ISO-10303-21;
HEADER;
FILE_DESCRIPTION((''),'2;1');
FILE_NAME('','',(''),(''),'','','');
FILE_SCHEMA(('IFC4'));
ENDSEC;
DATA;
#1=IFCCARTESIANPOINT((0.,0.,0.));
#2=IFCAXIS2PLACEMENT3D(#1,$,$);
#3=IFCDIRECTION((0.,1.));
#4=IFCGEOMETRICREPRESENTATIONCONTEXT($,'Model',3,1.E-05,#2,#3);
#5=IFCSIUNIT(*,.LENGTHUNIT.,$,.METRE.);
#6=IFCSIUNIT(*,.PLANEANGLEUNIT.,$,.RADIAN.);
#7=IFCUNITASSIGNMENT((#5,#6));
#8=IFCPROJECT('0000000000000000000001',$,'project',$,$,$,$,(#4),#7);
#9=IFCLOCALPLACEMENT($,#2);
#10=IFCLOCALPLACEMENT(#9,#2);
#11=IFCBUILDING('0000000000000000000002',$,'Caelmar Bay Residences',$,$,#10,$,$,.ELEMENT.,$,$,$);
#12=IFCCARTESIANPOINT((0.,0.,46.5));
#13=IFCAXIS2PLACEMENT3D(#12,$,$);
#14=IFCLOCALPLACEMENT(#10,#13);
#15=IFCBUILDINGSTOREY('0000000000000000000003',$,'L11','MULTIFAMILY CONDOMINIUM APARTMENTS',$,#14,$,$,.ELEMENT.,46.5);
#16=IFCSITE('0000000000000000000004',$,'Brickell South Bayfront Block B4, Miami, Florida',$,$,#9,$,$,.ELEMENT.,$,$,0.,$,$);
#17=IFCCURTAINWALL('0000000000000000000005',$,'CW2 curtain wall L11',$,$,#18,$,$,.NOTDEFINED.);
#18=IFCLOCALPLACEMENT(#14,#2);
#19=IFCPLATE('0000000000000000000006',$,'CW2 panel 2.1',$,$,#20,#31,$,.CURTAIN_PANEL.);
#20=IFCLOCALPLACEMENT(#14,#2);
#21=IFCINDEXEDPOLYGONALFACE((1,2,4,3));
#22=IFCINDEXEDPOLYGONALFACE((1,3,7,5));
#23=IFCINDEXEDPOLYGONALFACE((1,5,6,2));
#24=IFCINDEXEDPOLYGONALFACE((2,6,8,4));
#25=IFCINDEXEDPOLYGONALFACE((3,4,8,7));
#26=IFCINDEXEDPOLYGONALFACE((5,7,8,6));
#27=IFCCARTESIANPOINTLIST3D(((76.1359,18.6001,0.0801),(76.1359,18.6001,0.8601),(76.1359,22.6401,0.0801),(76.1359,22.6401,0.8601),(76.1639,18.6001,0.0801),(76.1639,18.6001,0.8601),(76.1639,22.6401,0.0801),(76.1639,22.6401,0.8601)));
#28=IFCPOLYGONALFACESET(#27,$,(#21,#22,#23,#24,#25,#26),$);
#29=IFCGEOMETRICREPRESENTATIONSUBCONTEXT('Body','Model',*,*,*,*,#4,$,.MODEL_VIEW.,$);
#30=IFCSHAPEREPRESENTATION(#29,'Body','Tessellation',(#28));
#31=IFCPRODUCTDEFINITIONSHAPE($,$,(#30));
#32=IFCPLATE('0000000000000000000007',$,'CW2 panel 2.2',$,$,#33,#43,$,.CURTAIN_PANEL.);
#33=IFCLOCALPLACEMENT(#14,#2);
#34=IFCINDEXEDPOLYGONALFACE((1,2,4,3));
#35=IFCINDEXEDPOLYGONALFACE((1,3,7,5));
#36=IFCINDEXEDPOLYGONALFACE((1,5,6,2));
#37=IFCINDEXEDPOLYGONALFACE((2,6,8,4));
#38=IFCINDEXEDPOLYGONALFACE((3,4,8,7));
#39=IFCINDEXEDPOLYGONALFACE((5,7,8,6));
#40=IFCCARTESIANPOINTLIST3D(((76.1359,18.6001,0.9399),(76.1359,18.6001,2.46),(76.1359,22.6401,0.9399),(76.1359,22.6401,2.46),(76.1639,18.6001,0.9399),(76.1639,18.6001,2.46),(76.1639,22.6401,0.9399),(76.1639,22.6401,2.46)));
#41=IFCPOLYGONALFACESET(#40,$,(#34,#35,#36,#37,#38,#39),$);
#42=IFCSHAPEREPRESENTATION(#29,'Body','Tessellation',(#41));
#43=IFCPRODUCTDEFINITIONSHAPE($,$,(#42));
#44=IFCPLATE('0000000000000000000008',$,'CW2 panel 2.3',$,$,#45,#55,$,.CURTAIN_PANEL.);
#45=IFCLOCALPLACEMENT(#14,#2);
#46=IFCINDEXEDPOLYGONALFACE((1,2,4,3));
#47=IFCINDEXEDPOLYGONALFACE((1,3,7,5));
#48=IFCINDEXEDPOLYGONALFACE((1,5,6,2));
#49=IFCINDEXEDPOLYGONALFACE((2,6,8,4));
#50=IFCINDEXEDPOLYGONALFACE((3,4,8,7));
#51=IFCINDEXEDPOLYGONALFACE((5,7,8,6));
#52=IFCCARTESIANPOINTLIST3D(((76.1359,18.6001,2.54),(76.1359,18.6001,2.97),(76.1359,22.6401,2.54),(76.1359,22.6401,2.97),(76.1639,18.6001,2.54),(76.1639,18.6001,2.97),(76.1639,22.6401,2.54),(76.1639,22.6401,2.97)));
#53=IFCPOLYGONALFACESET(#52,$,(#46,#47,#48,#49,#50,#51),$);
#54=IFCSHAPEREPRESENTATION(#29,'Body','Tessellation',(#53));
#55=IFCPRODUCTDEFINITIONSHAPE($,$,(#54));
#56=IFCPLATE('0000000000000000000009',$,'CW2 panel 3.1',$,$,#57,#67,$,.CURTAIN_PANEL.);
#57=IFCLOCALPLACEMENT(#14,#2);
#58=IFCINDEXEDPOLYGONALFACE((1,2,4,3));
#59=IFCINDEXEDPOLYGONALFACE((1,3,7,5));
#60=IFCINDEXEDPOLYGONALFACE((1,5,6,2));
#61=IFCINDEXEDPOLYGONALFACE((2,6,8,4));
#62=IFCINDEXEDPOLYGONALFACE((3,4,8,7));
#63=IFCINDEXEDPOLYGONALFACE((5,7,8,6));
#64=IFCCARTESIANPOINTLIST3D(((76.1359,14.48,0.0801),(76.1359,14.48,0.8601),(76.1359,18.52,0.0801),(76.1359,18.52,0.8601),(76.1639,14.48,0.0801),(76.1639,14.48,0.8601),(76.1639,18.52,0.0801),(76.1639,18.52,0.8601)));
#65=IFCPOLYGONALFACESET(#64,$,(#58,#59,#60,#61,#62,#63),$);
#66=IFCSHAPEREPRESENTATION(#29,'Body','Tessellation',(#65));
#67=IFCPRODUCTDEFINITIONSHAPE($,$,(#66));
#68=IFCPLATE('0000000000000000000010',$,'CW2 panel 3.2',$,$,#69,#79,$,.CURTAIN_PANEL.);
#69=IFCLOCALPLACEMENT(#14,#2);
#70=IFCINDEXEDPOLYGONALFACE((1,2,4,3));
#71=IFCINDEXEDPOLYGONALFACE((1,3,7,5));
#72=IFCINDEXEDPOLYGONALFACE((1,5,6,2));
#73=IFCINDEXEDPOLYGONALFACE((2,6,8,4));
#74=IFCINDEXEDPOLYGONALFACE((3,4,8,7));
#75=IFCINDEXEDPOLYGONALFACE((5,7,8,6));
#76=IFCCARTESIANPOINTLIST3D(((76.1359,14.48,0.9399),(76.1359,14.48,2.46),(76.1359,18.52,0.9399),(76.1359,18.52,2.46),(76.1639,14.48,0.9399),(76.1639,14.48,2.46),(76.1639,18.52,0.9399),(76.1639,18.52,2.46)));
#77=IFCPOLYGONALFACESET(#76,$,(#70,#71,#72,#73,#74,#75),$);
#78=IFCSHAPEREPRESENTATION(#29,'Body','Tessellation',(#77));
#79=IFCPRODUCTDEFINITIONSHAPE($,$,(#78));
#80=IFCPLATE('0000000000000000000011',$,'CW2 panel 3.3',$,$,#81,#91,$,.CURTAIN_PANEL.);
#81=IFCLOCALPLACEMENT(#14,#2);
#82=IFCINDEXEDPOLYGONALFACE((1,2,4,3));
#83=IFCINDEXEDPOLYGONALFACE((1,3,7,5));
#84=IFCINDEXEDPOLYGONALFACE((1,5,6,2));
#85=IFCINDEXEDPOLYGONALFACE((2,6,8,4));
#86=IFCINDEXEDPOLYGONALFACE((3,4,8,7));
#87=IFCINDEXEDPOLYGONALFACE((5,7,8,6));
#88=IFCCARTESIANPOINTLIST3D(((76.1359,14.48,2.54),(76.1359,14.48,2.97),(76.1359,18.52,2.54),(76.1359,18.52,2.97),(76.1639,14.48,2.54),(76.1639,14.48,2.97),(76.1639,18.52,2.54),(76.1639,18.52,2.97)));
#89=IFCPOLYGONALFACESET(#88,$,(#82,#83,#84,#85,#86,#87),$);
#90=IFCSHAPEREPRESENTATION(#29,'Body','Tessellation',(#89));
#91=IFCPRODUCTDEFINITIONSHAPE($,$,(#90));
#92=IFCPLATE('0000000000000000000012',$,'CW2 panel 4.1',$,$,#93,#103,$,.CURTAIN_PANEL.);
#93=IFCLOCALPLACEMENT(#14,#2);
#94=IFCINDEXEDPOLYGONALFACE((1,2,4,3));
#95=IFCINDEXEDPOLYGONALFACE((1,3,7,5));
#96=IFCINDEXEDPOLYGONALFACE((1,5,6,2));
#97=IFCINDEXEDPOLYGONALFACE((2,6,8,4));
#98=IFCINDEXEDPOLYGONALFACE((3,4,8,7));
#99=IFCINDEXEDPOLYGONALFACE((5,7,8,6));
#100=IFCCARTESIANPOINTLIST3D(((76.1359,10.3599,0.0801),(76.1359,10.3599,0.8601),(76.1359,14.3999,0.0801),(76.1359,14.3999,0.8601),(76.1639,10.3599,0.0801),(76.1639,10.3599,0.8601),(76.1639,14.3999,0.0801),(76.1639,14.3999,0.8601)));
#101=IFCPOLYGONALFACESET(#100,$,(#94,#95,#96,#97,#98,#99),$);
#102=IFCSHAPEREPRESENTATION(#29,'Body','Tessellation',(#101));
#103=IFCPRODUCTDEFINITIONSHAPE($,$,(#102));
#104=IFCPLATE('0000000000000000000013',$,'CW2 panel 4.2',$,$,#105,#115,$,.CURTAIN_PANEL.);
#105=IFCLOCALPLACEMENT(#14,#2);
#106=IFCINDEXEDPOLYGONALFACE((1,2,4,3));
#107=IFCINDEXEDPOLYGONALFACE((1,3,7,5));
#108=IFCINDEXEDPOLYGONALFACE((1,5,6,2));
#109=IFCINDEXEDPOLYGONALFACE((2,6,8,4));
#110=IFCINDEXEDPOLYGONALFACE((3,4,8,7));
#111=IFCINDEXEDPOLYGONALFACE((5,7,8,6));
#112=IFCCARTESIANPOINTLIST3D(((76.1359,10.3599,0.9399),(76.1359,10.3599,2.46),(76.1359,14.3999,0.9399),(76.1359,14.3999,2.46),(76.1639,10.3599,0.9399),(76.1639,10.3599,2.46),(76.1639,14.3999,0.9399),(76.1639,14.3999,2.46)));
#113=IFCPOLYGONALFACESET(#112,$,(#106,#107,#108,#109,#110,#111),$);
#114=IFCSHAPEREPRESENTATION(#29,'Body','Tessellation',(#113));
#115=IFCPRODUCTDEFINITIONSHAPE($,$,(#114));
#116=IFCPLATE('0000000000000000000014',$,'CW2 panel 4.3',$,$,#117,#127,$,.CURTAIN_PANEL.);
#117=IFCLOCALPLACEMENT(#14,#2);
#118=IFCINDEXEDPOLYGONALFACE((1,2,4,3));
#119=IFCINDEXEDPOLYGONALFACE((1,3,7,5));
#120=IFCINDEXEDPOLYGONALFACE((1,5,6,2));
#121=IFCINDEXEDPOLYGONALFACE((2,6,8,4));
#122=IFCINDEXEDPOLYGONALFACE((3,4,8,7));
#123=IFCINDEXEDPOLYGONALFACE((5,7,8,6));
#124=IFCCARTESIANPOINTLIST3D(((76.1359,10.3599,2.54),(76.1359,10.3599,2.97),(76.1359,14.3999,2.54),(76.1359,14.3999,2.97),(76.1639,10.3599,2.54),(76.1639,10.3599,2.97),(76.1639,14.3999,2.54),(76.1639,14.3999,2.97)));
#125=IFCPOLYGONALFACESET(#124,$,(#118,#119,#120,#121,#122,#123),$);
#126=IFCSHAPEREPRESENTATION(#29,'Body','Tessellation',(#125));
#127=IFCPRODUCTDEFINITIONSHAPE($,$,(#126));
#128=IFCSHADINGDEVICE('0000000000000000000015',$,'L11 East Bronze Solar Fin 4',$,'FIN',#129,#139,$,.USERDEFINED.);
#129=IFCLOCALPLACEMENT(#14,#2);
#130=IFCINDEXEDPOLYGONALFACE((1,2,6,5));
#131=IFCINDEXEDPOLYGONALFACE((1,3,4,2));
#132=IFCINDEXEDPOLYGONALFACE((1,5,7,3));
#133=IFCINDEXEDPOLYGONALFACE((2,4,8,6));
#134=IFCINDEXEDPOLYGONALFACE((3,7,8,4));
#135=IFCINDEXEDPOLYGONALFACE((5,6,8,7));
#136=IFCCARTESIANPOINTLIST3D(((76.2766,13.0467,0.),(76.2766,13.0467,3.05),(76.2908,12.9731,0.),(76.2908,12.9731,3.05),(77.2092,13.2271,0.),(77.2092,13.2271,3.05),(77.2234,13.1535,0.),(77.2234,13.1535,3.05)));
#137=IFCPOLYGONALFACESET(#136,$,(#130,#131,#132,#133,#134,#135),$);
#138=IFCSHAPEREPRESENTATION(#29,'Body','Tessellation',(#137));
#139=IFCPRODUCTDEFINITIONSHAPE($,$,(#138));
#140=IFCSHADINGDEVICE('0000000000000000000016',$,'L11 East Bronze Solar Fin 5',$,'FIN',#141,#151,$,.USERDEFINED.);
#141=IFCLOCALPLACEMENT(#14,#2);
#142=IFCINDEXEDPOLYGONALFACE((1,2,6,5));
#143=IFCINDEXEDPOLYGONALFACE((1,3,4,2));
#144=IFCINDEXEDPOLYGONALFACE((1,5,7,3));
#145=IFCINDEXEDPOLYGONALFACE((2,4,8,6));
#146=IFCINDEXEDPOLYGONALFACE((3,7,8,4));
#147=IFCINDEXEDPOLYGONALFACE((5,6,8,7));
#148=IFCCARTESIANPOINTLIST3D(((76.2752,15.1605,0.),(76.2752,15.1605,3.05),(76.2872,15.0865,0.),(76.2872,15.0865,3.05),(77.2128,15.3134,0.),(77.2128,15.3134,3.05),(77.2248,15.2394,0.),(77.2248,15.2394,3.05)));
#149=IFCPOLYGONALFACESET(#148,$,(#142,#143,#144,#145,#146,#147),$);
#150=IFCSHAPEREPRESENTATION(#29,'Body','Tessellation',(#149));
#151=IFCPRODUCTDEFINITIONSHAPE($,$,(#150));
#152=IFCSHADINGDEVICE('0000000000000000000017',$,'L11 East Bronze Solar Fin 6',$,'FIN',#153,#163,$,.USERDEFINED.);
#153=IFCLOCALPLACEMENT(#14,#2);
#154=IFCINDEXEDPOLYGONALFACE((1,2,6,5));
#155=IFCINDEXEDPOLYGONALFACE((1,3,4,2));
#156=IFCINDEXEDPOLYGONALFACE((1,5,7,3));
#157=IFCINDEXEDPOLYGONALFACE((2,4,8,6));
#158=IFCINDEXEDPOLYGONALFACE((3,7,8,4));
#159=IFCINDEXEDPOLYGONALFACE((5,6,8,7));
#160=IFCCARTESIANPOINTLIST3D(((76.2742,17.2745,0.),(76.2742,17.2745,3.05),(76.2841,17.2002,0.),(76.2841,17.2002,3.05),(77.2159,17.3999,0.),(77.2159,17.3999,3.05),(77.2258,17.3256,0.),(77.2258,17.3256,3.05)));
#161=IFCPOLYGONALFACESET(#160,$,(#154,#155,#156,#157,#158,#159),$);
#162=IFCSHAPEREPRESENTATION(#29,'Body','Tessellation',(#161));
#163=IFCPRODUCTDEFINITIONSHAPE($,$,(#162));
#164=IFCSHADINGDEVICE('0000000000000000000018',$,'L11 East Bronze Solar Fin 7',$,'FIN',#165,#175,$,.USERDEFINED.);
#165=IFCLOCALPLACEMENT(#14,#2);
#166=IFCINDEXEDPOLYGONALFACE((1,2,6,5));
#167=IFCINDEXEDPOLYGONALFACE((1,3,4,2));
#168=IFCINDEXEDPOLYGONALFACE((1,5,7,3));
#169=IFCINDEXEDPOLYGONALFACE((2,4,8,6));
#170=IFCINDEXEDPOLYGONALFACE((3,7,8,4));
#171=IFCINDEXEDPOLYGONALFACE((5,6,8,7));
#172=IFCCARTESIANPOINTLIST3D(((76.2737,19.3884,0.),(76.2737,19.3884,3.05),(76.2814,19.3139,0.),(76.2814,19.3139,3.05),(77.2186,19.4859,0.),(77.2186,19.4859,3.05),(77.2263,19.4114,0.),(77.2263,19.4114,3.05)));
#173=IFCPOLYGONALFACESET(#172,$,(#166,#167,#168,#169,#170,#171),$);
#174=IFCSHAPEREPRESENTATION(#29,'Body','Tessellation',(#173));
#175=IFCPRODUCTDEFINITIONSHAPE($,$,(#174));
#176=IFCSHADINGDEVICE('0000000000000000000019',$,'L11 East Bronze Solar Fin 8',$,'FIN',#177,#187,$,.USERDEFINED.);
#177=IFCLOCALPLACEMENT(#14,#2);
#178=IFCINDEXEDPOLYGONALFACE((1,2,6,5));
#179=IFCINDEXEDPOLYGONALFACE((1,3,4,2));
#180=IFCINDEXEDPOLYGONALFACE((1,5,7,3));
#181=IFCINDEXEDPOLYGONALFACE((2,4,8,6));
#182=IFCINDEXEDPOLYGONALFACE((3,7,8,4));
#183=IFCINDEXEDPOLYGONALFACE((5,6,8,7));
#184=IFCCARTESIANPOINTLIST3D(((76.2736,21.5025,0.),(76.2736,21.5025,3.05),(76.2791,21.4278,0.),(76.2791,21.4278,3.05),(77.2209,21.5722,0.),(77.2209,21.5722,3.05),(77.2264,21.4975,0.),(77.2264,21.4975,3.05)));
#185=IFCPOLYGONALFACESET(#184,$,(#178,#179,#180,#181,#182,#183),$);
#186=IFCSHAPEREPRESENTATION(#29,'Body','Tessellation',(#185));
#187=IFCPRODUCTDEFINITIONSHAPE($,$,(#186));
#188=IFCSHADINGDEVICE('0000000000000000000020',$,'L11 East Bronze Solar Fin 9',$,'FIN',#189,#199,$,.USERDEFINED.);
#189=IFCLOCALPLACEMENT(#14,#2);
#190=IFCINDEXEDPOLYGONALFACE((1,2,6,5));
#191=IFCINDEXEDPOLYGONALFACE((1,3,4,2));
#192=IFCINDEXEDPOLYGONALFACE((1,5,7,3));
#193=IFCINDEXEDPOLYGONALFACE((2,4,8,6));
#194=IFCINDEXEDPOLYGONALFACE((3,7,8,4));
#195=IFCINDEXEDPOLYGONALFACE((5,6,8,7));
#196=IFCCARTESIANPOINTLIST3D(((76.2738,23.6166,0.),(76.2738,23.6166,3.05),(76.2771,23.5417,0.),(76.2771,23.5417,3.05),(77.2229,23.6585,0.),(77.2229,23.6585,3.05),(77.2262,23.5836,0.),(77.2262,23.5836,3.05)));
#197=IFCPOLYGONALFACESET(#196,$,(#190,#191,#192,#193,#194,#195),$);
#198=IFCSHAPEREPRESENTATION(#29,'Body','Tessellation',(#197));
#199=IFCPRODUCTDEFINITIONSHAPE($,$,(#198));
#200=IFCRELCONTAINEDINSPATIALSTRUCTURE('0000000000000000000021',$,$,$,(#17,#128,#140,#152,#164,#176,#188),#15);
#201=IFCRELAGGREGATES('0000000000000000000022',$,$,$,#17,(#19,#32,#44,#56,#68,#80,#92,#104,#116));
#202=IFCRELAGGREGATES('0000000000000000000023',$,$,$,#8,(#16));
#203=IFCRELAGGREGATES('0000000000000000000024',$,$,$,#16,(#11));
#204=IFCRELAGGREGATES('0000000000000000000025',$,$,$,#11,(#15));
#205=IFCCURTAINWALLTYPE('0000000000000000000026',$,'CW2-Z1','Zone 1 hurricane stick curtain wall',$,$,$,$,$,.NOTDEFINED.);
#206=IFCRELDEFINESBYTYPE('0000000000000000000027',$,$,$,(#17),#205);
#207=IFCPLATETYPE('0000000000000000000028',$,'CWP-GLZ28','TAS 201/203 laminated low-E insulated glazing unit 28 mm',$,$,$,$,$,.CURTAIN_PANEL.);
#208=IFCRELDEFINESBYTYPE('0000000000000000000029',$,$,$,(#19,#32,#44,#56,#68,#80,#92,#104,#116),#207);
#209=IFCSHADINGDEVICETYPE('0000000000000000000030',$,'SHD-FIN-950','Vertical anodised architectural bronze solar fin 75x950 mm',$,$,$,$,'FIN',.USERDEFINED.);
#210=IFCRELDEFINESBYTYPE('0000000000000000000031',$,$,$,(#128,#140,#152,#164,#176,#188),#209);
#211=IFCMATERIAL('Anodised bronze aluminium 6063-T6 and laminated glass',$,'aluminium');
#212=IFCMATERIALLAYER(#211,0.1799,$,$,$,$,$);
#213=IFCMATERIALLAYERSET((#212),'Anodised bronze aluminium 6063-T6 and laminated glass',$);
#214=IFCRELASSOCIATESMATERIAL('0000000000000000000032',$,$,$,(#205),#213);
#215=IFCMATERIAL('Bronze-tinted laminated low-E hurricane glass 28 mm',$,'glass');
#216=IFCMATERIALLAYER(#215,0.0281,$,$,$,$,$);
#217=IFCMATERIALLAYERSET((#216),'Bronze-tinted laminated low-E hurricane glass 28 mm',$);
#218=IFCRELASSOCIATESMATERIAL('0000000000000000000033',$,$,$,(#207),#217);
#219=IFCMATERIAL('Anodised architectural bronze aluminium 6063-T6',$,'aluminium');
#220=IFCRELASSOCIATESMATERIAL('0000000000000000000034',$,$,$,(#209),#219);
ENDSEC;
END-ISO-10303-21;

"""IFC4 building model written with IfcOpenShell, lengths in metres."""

from ifc_helpers import new_model, si_unit, direction, frame, origin, origin_2d, place, context, subcontext, project, spatial, rectangle, extrude, material, layer, layer_set, material_profile, profile_set, type_object, element, aggregate, save


model = new_model("IFC4")

# Units and contexts
model_context = context("Model", 3, precision=1e-05, world=origin(), true_north=direction((0.0, 1.0)))
body_context = subcontext(model_context, "Body", "Model", "MODEL_VIEW")
ifc_project = project(units=[si_unit("LENGTHUNIT", "METRE"), si_unit("PLANEANGLEUNIT", "RADIAN")], contexts=[model_context])

# Site, building, storey
site_placement = place(None, origin())
site = spatial("IfcSite", under=ifc_project, at=site_placement, Name="Brickell South Bayfront Block B4, Miami, Florida", CompositionType="ELEMENT", RefElevation=0.0)
building_placement = place(site_placement, origin())
building = spatial("IfcBuilding", under=site, at=building_placement, Name="Caelmar Bay Residences", CompositionType="ELEMENT")
storey_placement = place(building_placement, frame((0.0, 0.0, 46.5)))
storey = spatial("IfcBuildingStorey", under=building, at=storey_placement, Name="L11", Description="MULTIFAMILY CONDOMINIUM APARTMENTS", CompositionType="ELEMENT", Elevation=46.5)

# Curtain wall, plates
ifc_material_1 = material(Name="Anodised bronze aluminium 6063-T6 and laminated glass", Category="aluminium")
ifc_layer_1 = layer(ifc_material_1, 0.1799)
ifc_layer_set_1 = layer_set([ifc_layer_1], Name="Anodised bronze aluminium 6063-T6 and laminated glass")
curtain_wall_type = type_object("IfcCurtainWallType", Name="CW2-Z1", Description="Zone 1 hurricane stick curtain wall", PredefinedType="NOTDEFINED", material=ifc_layer_set_1)
curtain_wall_placement = place(storey_placement, origin())
curtain_wall = element("IfcCurtainWall", 1, at=curtain_wall_placement, inside=storey, type_object=curtain_wall_type, Name="CW2 curtain wall L11", PredefinedType="NOTDEFINED")
ifc_material_2 = material(Name="Bronze-tinted laminated low-E hurricane glass 28 mm", Category="glass")
ifc_layer_2 = layer(ifc_material_2, 0.0281)
ifc_layer_set_2 = layer_set([ifc_layer_2], Name="Bronze-tinted laminated low-E hurricane glass 28 mm")
plate_type = type_object("IfcPlateType", Name="CWP-GLZ28", Description="TAS 201/203 laminated low-E insulated glazing unit 28 mm", PredefinedType="CURTAIN_PANEL", material=ifc_layer_set_2)
plate_1_placement = place(storey_placement, frame((76.1499, 20.6201, 0.0801), z_axis=(0.0, 0.0, 1.0), x_axis=(0.0, -1.0, 0.0)))
plate_1 = element("IfcPlate", 2, at=plate_1_placement, type_object=plate_type, Name="CW2 panel 2.1", PredefinedType="CURTAIN_PANEL", context=body_context, shape_type="SweptSolid", body=[
    extrude(rectangle(XDim=4.04, YDim=0.0281, at=origin_2d()), origin(), (0.0, 0.0, 1.0), 0.78),
])
plate_2_placement = place(storey_placement, frame((76.1499, 20.6201, 0.9399), z_axis=(0.0, 0.0, 1.0), x_axis=(0.0, -1.0, 0.0)))
plate_2 = element("IfcPlate", 3, at=plate_2_placement, type_object=plate_type, Name="CW2 panel 2.2", PredefinedType="CURTAIN_PANEL", context=body_context, shape_type="SweptSolid", body=[
    extrude(rectangle(XDim=4.04, YDim=0.0281, at=origin_2d()), origin(), (0.0, 0.0, 1.0), 1.52),
])
plate_3_placement = place(storey_placement, frame((76.1499, 20.6201, 2.54), z_axis=(0.0, 0.0, 1.0), x_axis=(0.0, -1.0, 0.0)))
plate_3 = element("IfcPlate", 4, at=plate_3_placement, type_object=plate_type, Name="CW2 panel 2.3", PredefinedType="CURTAIN_PANEL", context=body_context, shape_type="SweptSolid", body=[
    extrude(rectangle(XDim=4.04, YDim=0.0281, at=origin_2d()), origin(), (0.0, 0.0, 1.0), 0.4299),
])
plate_4_placement = place(storey_placement, frame((76.1499, 16.5, 0.0801), z_axis=(0.0, 0.0, 1.0), x_axis=(0.0, -1.0, 0.0)))
plate_4 = element("IfcPlate", 5, at=plate_4_placement, type_object=plate_type, Name="CW2 panel 3.1", PredefinedType="CURTAIN_PANEL", context=body_context, shape_type="SweptSolid", body=[
    extrude(rectangle(XDim=4.04, YDim=0.0281, at=origin_2d()), origin(), (0.0, 0.0, 1.0), 0.78),
])
plate_5_placement = place(storey_placement, frame((76.1499, 16.5, 0.9399), z_axis=(0.0, 0.0, 1.0), x_axis=(0.0, -1.0, 0.0)))
plate_5 = element("IfcPlate", 6, at=plate_5_placement, type_object=plate_type, Name="CW2 panel 3.2", PredefinedType="CURTAIN_PANEL", context=body_context, shape_type="SweptSolid", body=[
    extrude(rectangle(XDim=4.04, YDim=0.0281, at=origin_2d()), origin(), (0.0, 0.0, 1.0), 1.52),
])
plate_6_placement = place(storey_placement, frame((76.1499, 16.5, 2.54), z_axis=(0.0, 0.0, 1.0), x_axis=(0.0, -1.0, 0.0)))
plate_6 = element("IfcPlate", 7, at=plate_6_placement, type_object=plate_type, Name="CW2 panel 3.3", PredefinedType="CURTAIN_PANEL", context=body_context, shape_type="SweptSolid", body=[
    extrude(rectangle(XDim=4.04, YDim=0.0281, at=origin_2d()), origin(), (0.0, 0.0, 1.0), 0.4299),
])
plate_7_placement = place(storey_placement, frame((76.1499, 12.3799, 0.0801), z_axis=(0.0, 0.0, 1.0), x_axis=(0.0, -1.0, 0.0)))
plate_7 = element("IfcPlate", 8, at=plate_7_placement, type_object=plate_type, Name="CW2 panel 4.1", PredefinedType="CURTAIN_PANEL", context=body_context, shape_type="SweptSolid", body=[
    extrude(rectangle(XDim=4.04, YDim=0.0281, at=origin_2d()), origin(), (0.0, 0.0, 1.0), 0.78),
])
plate_8_placement = place(storey_placement, frame((76.1499, 12.3799, 0.9399), z_axis=(0.0, 0.0, 1.0), x_axis=(0.0, -1.0, 0.0)))
plate_8 = element("IfcPlate", 9, at=plate_8_placement, type_object=plate_type, Name="CW2 panel 4.2", PredefinedType="CURTAIN_PANEL", context=body_context, shape_type="SweptSolid", body=[
    extrude(rectangle(XDim=4.04, YDim=0.0281, at=origin_2d()), origin(), (0.0, 0.0, 1.0), 1.52),
])
plate_9_placement = place(storey_placement, frame((76.1499, 12.3799, 2.54), z_axis=(0.0, 0.0, 1.0), x_axis=(0.0, -1.0, 0.0)))
plate_9 = element("IfcPlate", 10, at=plate_9_placement, type_object=plate_type, Name="CW2 panel 4.3", PredefinedType="CURTAIN_PANEL", context=body_context, shape_type="SweptSolid", body=[
    extrude(rectangle(XDim=4.04, YDim=0.0281, at=origin_2d()), origin(), (0.0, 0.0, 1.0), 0.4299),
])
aggregate(curtain_wall, [plate_1, plate_2, plate_3, plate_4, plate_5, plate_6, plate_7, plate_8, plate_9])

# Shading devices
ifc_material_3 = material(Name="Anodised architectural bronze aluminium 6063-T6", Category="aluminium")
ifc_material_profile_1 = material_profile(ifc_material_3, rectangle(XDim=0.075, YDim=0.95, at=origin_2d()), Name="BRONZE-FIN-75X950")
ifc_profile_set_1 = profile_set([ifc_material_profile_1], Name="Anodised architectural bronze aluminium 6063-T6")
shading_device_type = type_object("IfcShadingDeviceType", Name="SHD-FIN-950", Description="Vertical anodised architectural bronze solar fin 75x950 mm", ElementType="FIN", PredefinedType="USERDEFINED", material=ifc_profile_set_1)
for number, where, z_axis, x_axis, name in (
    (11, (76.75, 13.1001, 0.0), (0.0, 0.0, 1.0), (-0.189952, 0.981793, 0.0), "L11 East Bronze Solar Fin 4"),
    (12, (76.75, 15.2, 0.0), (0.0, 0.0, 1.0), (-0.160915, 0.986968, 0.0), "L11 East Bronze Solar Fin 5"),
    (13, (76.75, 17.3, 0.0), (0.0, 0.0, 1.0), (-0.13191, 0.991262, 0.0), "L11 East Bronze Solar Fin 6"),
    (14, (76.75, 19.3999, 0.0), (0.0, 0.0, 1.0), (-0.102619, 0.994721, 0.0), "L11 East Bronze Solar Fin 7"),
    (15, (76.75, 21.5, 0.0), (0.0, 0.0, 1.0), (-0.073412, 0.997302, 0.0), "L11 East Bronze Solar Fin 8"),
    (16, (76.75, 23.6001, 0.0), (0.0, 0.0, 1.0), (-0.044142, 0.999025, 0.0), "L11 East Bronze Solar Fin 9"),
):
    element("IfcShadingDevice", number, at=place(storey_placement, frame(where, z_axis=z_axis, x_axis=x_axis)), inside=storey, type_object=shading_device_type, Name=name, ObjectType="FIN", PredefinedType="USERDEFINED", context=body_context, shape_type="SweptSolid", body=[
        extrude(rectangle(XDim=0.075, YDim=0.95, at=origin_2d()), origin(), (0.0, 0.0, 1.0), 3.05),
    ])

save(model, "model.ifc")
